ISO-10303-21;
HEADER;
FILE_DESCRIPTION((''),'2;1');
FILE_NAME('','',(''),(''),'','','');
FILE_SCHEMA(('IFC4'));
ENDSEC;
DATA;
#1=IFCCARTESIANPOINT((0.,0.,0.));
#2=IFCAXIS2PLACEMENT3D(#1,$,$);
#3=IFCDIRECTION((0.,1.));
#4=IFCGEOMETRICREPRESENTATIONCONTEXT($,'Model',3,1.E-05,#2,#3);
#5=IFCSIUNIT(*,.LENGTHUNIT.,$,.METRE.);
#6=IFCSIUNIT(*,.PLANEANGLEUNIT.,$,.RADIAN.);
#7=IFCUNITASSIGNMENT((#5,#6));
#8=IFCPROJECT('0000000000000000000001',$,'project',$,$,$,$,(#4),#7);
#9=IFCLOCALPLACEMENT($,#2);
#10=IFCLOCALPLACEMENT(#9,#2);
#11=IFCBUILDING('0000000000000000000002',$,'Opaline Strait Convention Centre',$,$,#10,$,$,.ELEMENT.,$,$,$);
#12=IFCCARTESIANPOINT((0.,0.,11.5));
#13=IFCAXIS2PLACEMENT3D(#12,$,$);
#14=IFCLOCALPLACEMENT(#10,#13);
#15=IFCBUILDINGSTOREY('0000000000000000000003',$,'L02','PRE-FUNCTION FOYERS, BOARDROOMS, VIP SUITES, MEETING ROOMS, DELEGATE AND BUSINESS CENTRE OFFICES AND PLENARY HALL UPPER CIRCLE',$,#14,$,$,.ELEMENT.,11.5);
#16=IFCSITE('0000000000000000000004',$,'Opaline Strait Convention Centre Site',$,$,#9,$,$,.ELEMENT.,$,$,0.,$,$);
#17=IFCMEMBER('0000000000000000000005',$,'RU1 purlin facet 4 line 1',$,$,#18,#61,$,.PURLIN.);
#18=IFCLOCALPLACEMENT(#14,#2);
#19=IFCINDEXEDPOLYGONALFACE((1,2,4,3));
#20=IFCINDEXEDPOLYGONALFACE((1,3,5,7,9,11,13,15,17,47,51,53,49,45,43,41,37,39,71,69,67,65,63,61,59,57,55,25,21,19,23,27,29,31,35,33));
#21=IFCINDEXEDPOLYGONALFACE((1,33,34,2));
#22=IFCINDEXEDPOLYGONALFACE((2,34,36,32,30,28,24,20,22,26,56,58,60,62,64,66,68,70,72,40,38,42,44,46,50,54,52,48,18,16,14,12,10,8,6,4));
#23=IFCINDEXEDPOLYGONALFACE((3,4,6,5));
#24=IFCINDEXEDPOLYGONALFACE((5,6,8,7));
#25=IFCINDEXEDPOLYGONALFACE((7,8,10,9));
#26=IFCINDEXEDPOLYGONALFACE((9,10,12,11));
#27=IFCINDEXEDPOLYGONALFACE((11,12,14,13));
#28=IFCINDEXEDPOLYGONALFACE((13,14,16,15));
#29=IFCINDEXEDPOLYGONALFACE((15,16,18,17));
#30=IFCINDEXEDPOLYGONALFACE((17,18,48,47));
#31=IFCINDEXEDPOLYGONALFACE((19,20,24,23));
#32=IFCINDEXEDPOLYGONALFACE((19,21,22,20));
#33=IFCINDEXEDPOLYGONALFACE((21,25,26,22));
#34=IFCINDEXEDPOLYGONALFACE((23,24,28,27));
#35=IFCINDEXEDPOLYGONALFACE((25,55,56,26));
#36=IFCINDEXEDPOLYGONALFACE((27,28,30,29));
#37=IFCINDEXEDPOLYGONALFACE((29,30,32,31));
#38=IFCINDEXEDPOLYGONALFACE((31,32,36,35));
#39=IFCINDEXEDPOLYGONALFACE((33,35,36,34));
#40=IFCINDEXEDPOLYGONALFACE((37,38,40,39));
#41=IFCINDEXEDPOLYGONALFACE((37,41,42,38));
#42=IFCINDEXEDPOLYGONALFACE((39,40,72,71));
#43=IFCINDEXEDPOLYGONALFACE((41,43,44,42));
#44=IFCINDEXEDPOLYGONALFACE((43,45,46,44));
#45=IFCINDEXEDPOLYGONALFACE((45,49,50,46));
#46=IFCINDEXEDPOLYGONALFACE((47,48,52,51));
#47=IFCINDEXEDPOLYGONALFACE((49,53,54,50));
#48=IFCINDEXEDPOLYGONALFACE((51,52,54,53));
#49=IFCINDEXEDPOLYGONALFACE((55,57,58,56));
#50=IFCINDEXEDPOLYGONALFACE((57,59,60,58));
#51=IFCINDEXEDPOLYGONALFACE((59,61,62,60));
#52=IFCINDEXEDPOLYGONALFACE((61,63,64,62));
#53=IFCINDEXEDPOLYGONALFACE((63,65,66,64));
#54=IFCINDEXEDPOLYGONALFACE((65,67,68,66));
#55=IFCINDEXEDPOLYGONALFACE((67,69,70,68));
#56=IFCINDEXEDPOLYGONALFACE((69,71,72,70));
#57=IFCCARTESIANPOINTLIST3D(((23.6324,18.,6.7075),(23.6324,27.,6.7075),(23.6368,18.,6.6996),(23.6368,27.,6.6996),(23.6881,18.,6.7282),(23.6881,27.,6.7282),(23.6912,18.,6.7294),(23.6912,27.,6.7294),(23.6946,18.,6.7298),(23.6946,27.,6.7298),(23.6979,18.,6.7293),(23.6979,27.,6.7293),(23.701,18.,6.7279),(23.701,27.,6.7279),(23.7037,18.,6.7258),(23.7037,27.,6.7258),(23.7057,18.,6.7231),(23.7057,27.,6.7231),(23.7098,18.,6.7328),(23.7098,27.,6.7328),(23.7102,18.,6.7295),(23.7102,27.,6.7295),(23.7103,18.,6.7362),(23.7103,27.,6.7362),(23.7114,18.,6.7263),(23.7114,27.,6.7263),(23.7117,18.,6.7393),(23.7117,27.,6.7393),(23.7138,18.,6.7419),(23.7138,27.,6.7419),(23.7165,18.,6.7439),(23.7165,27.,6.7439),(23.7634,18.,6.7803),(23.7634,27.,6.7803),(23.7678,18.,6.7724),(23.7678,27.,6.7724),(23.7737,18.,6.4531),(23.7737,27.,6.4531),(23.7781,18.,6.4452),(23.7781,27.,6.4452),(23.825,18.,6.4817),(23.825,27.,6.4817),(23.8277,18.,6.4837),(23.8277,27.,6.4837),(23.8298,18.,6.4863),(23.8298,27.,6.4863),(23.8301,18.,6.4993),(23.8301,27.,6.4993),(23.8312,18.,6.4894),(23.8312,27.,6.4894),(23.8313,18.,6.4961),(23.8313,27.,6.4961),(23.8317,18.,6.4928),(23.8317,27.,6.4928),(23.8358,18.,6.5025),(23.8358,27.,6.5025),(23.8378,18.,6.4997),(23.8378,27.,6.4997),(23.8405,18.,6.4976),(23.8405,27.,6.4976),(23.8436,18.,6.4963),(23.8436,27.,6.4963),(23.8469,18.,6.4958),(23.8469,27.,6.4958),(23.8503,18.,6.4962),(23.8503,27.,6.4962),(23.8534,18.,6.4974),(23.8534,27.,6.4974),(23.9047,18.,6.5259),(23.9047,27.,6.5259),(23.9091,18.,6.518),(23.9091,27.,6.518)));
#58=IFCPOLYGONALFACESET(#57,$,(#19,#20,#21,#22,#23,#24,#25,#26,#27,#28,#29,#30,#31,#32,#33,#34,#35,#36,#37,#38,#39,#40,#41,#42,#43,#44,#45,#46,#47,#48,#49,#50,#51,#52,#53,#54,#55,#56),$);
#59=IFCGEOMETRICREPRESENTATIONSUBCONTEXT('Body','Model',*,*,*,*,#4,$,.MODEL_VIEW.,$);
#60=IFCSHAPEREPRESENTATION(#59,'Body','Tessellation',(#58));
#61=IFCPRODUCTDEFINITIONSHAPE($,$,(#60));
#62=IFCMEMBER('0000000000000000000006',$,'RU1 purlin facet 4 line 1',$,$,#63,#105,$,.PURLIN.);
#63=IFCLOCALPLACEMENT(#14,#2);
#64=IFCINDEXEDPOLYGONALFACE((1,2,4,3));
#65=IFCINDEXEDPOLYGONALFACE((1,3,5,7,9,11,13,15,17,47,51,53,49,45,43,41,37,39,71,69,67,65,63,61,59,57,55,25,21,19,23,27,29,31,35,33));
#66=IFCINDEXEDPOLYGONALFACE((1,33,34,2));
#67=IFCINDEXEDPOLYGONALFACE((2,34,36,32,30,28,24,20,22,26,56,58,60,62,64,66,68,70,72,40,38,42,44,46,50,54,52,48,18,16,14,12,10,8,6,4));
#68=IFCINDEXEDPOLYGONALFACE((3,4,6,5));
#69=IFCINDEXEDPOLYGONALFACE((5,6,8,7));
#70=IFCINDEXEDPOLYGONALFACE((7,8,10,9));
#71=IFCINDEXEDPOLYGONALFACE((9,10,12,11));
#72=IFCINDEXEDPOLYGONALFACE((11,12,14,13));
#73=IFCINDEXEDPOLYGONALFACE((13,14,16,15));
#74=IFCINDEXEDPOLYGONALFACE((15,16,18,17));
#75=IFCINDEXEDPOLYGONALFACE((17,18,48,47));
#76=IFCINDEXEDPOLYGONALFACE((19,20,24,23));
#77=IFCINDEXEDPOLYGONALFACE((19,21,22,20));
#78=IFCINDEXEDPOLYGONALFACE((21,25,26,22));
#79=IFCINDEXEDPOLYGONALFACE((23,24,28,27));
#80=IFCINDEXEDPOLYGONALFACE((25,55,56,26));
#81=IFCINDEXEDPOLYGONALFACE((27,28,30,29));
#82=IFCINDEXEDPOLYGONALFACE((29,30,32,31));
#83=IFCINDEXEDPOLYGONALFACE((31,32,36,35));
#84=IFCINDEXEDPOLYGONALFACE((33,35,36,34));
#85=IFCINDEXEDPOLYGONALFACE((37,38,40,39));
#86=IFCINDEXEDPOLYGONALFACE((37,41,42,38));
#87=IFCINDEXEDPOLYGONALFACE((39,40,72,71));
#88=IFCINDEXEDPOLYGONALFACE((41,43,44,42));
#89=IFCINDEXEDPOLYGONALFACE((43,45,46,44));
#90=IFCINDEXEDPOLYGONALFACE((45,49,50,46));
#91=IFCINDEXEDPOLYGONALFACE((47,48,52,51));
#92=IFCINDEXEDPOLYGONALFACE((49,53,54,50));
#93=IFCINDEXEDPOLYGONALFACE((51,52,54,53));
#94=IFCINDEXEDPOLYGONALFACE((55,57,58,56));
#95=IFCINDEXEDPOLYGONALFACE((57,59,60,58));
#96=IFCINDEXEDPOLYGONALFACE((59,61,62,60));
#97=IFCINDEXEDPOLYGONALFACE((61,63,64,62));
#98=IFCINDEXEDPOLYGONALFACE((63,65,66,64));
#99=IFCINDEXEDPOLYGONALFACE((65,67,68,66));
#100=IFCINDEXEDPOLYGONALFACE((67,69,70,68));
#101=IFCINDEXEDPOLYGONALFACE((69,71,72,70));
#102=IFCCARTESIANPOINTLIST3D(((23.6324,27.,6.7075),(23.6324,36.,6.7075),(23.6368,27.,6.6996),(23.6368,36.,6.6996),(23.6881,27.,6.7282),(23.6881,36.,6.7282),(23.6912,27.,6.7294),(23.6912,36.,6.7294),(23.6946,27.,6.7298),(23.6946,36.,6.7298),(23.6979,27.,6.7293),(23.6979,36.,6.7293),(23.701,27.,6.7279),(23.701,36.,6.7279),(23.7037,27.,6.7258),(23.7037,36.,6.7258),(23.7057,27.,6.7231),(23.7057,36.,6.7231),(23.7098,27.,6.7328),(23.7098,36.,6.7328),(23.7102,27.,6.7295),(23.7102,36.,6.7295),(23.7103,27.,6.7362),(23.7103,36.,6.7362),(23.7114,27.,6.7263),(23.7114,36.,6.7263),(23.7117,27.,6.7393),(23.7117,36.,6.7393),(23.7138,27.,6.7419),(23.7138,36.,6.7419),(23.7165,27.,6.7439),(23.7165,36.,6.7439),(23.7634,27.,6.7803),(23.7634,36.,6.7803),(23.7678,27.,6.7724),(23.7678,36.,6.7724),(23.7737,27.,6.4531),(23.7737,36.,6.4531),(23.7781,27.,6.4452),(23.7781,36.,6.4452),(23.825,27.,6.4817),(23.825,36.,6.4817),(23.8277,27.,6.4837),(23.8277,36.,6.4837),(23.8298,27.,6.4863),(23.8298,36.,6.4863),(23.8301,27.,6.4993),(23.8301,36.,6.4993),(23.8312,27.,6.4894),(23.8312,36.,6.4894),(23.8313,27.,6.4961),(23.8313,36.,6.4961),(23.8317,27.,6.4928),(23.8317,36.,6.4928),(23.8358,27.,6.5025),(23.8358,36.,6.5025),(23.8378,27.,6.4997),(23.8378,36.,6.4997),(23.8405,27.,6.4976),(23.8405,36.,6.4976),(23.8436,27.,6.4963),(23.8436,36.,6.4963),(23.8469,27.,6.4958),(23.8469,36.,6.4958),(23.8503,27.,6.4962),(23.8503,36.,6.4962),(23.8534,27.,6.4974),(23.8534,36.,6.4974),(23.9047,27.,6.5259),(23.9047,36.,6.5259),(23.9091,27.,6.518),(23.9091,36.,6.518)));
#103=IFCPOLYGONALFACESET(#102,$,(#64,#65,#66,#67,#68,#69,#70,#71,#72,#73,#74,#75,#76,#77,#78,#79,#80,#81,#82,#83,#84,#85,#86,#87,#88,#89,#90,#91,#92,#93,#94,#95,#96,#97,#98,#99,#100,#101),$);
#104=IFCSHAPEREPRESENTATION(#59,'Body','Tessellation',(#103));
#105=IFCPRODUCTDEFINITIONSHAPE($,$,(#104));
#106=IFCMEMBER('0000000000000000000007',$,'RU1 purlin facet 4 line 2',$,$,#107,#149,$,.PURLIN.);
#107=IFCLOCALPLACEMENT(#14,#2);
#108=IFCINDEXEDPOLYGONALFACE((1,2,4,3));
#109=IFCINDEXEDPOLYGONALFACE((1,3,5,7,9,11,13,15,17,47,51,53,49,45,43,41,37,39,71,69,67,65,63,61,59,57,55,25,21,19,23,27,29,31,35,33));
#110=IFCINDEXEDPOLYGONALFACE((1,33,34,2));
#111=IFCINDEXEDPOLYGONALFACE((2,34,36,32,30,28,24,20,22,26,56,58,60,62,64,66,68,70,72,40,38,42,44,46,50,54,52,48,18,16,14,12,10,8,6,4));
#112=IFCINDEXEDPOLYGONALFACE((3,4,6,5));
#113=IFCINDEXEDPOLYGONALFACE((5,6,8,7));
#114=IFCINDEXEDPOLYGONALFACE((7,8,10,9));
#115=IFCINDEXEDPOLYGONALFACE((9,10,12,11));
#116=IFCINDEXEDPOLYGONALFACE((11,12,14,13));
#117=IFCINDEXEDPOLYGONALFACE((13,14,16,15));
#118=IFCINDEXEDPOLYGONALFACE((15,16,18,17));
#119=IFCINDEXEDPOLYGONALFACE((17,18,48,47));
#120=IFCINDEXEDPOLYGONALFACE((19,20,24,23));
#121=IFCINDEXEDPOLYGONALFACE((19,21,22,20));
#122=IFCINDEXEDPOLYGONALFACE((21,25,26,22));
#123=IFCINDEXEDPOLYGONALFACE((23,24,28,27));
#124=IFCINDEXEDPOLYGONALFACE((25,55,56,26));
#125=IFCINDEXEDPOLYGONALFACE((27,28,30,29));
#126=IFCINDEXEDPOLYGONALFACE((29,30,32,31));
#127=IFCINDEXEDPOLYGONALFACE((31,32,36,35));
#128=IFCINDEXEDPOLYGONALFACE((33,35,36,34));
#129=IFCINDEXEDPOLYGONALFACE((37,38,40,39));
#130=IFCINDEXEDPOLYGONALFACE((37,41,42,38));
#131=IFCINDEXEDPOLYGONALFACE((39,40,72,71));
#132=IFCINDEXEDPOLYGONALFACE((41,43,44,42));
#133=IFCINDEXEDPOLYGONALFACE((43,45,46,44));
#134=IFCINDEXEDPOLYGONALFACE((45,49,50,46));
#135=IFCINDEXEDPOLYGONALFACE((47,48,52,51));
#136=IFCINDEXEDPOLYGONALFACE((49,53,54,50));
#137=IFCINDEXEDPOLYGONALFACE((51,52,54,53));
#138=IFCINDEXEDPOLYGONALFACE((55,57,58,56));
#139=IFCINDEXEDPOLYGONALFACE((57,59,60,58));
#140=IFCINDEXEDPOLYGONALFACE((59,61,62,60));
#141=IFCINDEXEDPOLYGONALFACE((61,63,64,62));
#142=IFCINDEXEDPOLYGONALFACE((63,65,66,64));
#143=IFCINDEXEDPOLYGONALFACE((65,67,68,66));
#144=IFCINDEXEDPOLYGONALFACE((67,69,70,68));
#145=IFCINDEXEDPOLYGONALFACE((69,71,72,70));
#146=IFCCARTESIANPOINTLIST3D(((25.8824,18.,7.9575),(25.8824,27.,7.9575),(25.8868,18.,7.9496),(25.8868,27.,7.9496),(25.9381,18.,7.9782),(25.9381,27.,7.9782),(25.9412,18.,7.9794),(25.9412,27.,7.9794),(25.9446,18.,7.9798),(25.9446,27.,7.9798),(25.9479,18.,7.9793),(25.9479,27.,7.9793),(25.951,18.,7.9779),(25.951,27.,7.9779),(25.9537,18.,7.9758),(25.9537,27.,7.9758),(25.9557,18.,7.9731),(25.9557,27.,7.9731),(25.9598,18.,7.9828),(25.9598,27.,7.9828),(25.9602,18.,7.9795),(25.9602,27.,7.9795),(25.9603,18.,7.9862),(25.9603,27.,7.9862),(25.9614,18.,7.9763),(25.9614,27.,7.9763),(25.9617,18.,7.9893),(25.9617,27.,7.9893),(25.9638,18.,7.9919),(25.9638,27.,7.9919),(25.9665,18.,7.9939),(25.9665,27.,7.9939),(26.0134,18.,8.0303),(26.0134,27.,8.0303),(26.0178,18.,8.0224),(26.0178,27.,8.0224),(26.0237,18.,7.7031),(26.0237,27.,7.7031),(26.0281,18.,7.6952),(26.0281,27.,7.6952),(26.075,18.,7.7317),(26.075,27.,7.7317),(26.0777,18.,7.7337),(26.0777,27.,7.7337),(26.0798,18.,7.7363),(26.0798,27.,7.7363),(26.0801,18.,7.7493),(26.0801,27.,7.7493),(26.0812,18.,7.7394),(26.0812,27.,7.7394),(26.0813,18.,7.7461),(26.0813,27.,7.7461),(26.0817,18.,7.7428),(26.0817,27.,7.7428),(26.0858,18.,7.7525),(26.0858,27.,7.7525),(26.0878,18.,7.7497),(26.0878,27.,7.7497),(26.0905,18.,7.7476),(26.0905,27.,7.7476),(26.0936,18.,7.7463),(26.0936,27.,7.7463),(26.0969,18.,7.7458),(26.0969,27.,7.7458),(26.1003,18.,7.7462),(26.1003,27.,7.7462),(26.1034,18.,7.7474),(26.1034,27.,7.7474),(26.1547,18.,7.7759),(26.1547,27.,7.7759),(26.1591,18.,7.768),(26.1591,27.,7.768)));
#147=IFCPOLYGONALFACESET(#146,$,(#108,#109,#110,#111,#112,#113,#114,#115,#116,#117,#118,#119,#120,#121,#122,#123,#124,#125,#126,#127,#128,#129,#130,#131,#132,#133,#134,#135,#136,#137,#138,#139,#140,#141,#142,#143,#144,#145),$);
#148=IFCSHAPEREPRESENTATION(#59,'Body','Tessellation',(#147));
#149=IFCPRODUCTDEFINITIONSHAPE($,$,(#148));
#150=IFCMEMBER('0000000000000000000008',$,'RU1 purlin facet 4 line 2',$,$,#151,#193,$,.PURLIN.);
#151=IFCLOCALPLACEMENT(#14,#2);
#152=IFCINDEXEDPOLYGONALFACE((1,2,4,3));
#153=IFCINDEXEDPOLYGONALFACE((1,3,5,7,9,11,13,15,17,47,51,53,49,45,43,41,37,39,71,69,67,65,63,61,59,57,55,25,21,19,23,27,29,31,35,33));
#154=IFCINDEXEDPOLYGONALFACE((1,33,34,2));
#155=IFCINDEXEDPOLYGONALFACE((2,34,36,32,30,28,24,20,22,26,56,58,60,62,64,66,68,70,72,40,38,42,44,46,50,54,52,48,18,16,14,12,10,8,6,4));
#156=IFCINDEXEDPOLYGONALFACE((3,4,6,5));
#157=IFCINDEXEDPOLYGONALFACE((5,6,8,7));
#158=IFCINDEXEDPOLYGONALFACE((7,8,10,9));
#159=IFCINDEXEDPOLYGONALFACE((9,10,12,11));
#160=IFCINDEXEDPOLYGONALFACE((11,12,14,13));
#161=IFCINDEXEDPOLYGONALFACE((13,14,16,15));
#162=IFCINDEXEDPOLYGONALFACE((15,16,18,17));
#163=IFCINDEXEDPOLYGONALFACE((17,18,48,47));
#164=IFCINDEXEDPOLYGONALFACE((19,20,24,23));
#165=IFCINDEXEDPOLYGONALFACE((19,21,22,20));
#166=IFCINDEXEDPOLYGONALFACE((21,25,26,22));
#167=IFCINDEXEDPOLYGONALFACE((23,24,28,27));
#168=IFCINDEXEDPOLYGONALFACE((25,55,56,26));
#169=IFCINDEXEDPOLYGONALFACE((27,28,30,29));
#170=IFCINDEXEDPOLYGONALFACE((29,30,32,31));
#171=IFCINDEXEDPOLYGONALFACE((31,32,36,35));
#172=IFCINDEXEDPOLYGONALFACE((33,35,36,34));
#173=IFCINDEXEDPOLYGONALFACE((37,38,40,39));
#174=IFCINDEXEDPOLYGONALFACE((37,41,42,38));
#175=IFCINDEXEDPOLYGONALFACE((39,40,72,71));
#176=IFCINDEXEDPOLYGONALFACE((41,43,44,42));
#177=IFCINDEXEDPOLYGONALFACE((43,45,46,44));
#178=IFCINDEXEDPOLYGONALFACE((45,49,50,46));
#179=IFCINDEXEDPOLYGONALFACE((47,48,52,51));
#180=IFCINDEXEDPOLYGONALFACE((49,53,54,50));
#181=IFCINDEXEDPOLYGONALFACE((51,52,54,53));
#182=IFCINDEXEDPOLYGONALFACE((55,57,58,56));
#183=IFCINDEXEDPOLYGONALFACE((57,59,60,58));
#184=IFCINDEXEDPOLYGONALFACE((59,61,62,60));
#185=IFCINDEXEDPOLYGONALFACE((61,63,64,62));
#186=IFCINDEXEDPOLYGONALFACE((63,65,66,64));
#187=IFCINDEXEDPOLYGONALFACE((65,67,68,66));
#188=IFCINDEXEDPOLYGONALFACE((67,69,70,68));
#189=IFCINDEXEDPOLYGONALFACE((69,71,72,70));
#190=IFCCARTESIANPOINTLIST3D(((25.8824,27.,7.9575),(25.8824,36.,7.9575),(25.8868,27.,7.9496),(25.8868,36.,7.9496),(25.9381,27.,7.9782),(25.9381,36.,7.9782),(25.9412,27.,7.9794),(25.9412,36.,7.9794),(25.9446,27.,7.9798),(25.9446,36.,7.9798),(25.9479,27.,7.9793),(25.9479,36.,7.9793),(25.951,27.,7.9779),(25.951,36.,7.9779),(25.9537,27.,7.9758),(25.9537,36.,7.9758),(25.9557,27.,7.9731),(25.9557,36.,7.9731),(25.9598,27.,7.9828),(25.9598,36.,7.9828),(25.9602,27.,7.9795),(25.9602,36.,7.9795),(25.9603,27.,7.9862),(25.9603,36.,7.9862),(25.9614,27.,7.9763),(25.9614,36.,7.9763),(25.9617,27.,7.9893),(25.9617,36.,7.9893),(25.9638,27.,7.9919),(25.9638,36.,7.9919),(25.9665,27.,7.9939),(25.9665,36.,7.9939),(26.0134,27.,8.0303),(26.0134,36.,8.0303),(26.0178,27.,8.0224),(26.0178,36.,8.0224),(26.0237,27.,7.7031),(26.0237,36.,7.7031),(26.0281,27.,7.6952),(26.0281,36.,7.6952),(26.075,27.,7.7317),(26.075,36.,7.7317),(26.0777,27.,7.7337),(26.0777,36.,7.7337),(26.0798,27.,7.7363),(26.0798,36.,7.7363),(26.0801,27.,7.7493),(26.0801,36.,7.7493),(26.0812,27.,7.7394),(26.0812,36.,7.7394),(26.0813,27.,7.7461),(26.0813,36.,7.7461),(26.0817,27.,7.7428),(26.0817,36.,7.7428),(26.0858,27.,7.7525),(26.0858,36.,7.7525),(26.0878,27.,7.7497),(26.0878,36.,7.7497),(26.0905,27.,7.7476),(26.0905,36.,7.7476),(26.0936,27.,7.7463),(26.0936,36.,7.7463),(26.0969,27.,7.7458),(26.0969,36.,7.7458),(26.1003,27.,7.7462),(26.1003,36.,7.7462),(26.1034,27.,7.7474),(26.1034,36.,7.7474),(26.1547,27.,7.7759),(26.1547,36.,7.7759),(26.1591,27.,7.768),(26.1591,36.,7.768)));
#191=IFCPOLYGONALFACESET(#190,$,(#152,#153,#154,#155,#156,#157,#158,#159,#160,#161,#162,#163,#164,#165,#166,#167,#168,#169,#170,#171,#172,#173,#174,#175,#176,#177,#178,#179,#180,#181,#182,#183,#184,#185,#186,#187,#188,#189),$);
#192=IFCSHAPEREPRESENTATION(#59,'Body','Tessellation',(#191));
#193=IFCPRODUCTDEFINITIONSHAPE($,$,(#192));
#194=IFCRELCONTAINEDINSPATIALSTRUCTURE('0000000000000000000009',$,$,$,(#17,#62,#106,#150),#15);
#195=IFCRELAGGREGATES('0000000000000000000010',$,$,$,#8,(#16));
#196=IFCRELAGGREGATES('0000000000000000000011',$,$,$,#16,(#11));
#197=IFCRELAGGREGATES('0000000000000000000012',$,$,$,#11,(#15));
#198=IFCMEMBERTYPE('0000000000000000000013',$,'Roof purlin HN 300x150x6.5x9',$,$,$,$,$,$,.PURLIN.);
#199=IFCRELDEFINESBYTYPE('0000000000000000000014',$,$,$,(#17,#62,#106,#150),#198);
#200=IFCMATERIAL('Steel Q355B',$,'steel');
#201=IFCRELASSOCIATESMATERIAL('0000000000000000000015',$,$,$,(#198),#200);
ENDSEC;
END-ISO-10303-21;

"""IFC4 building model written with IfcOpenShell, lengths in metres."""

from ifc_helpers import new_model, si_unit, direction, frame, origin, origin_2d, place, context, subcontext, project, spatial, i_section, extrude, material, material_profile, profile_set, type_object, element, save


model = new_model("IFC4")

# Units and contexts
model_context = context("Model", 3, precision=1e-05, world=origin(), true_north=direction((0.0, 1.0)))
body_context = subcontext(model_context, "Body", "Model", "MODEL_VIEW")
ifc_project = project(units=[si_unit("LENGTHUNIT", "METRE"), si_unit("PLANEANGLEUNIT", "RADIAN")], contexts=[model_context])

# Site, building, storey
site_placement = place(None, origin())
site = spatial("IfcSite", under=ifc_project, at=site_placement, Name="Opaline Strait Convention Centre Site", CompositionType="ELEMENT", RefElevation=0.0)
building_placement = place(site_placement, origin())
building = spatial("IfcBuilding", under=site, at=building_placement, Name="Opaline Strait Convention Centre", CompositionType="ELEMENT")
storey_placement = place(building_placement, frame((0.0, 0.0, 11.5)))
storey = spatial("IfcBuildingStorey", under=building, at=storey_placement, Name="L02", Description="PRE-FUNCTION FOYERS, BOARDROOMS, VIP SUITES, MEETING ROOMS, DELEGATE AND BUSINESS CENTRE OFFICES AND PLENARY HALL UPPER CIRCLE", CompositionType="ELEMENT", Elevation=11.5)

# Shared definitions
ifc_material_1 = material(Name="Steel Q355B", Category="steel")

# Members
ifc_material_profile_1 = material_profile(ifc_material_1, i_section(OverallWidth=0.1499, OverallDepth=0.3, WebThickness=0.0066, FlangeThickness=0.009, FilletRadius=0.0129, at=origin_2d()), Name="HN 300x150x6.5x9")
ifc_profile_set_1 = profile_set([ifc_material_profile_1], Name="Steel Q355B")
member_type_1 = type_object("IfcMemberType", Name="Roof purlin HN 300x150x6.5x9", PredefinedType="PURLIN", material=ifc_profile_set_1)
for number, where, z_axis, x_axis, name in (
    (1, (23.7708, 18.0, 6.6128), (0.0, 1.0, 0.0), (-0.874157, 0.0, -0.485643), "RU1 purlin facet 4 line 1"),
    (2, (23.7708, 27.0, 6.6128), (0.0, 1.0, 0.0), (-0.874157, 0.0, -0.485643), "RU1 purlin facet 4 line 1"),
    (3, (26.0208, 18.0, 7.8628), (0.0, 1.0, 0.0), (-0.874157, 0.0, -0.485643), "RU1 purlin facet 4 line 2"),
    (4, (26.0208, 27.0, 7.8628), (0.0, 1.0, 0.0), (-0.874157, 0.0, -0.485643), "RU1 purlin facet 4 line 2"),
):
    element("IfcMember", number, at=place(storey_placement, frame(where, z_axis=z_axis, x_axis=x_axis)), inside=storey, type_object=member_type_1, Name=name, PredefinedType="PURLIN", context=body_context, shape_type="SweptSolid", body=[
        extrude(i_section(OverallWidth=0.1499, OverallDepth=0.3, WebThickness=0.0066, FlangeThickness=0.009, FilletRadius=0.0129, at=origin_2d()), origin(), (0.0, 0.0, 1.0), 9.0),
    ])

save(model, "model.ifc")
